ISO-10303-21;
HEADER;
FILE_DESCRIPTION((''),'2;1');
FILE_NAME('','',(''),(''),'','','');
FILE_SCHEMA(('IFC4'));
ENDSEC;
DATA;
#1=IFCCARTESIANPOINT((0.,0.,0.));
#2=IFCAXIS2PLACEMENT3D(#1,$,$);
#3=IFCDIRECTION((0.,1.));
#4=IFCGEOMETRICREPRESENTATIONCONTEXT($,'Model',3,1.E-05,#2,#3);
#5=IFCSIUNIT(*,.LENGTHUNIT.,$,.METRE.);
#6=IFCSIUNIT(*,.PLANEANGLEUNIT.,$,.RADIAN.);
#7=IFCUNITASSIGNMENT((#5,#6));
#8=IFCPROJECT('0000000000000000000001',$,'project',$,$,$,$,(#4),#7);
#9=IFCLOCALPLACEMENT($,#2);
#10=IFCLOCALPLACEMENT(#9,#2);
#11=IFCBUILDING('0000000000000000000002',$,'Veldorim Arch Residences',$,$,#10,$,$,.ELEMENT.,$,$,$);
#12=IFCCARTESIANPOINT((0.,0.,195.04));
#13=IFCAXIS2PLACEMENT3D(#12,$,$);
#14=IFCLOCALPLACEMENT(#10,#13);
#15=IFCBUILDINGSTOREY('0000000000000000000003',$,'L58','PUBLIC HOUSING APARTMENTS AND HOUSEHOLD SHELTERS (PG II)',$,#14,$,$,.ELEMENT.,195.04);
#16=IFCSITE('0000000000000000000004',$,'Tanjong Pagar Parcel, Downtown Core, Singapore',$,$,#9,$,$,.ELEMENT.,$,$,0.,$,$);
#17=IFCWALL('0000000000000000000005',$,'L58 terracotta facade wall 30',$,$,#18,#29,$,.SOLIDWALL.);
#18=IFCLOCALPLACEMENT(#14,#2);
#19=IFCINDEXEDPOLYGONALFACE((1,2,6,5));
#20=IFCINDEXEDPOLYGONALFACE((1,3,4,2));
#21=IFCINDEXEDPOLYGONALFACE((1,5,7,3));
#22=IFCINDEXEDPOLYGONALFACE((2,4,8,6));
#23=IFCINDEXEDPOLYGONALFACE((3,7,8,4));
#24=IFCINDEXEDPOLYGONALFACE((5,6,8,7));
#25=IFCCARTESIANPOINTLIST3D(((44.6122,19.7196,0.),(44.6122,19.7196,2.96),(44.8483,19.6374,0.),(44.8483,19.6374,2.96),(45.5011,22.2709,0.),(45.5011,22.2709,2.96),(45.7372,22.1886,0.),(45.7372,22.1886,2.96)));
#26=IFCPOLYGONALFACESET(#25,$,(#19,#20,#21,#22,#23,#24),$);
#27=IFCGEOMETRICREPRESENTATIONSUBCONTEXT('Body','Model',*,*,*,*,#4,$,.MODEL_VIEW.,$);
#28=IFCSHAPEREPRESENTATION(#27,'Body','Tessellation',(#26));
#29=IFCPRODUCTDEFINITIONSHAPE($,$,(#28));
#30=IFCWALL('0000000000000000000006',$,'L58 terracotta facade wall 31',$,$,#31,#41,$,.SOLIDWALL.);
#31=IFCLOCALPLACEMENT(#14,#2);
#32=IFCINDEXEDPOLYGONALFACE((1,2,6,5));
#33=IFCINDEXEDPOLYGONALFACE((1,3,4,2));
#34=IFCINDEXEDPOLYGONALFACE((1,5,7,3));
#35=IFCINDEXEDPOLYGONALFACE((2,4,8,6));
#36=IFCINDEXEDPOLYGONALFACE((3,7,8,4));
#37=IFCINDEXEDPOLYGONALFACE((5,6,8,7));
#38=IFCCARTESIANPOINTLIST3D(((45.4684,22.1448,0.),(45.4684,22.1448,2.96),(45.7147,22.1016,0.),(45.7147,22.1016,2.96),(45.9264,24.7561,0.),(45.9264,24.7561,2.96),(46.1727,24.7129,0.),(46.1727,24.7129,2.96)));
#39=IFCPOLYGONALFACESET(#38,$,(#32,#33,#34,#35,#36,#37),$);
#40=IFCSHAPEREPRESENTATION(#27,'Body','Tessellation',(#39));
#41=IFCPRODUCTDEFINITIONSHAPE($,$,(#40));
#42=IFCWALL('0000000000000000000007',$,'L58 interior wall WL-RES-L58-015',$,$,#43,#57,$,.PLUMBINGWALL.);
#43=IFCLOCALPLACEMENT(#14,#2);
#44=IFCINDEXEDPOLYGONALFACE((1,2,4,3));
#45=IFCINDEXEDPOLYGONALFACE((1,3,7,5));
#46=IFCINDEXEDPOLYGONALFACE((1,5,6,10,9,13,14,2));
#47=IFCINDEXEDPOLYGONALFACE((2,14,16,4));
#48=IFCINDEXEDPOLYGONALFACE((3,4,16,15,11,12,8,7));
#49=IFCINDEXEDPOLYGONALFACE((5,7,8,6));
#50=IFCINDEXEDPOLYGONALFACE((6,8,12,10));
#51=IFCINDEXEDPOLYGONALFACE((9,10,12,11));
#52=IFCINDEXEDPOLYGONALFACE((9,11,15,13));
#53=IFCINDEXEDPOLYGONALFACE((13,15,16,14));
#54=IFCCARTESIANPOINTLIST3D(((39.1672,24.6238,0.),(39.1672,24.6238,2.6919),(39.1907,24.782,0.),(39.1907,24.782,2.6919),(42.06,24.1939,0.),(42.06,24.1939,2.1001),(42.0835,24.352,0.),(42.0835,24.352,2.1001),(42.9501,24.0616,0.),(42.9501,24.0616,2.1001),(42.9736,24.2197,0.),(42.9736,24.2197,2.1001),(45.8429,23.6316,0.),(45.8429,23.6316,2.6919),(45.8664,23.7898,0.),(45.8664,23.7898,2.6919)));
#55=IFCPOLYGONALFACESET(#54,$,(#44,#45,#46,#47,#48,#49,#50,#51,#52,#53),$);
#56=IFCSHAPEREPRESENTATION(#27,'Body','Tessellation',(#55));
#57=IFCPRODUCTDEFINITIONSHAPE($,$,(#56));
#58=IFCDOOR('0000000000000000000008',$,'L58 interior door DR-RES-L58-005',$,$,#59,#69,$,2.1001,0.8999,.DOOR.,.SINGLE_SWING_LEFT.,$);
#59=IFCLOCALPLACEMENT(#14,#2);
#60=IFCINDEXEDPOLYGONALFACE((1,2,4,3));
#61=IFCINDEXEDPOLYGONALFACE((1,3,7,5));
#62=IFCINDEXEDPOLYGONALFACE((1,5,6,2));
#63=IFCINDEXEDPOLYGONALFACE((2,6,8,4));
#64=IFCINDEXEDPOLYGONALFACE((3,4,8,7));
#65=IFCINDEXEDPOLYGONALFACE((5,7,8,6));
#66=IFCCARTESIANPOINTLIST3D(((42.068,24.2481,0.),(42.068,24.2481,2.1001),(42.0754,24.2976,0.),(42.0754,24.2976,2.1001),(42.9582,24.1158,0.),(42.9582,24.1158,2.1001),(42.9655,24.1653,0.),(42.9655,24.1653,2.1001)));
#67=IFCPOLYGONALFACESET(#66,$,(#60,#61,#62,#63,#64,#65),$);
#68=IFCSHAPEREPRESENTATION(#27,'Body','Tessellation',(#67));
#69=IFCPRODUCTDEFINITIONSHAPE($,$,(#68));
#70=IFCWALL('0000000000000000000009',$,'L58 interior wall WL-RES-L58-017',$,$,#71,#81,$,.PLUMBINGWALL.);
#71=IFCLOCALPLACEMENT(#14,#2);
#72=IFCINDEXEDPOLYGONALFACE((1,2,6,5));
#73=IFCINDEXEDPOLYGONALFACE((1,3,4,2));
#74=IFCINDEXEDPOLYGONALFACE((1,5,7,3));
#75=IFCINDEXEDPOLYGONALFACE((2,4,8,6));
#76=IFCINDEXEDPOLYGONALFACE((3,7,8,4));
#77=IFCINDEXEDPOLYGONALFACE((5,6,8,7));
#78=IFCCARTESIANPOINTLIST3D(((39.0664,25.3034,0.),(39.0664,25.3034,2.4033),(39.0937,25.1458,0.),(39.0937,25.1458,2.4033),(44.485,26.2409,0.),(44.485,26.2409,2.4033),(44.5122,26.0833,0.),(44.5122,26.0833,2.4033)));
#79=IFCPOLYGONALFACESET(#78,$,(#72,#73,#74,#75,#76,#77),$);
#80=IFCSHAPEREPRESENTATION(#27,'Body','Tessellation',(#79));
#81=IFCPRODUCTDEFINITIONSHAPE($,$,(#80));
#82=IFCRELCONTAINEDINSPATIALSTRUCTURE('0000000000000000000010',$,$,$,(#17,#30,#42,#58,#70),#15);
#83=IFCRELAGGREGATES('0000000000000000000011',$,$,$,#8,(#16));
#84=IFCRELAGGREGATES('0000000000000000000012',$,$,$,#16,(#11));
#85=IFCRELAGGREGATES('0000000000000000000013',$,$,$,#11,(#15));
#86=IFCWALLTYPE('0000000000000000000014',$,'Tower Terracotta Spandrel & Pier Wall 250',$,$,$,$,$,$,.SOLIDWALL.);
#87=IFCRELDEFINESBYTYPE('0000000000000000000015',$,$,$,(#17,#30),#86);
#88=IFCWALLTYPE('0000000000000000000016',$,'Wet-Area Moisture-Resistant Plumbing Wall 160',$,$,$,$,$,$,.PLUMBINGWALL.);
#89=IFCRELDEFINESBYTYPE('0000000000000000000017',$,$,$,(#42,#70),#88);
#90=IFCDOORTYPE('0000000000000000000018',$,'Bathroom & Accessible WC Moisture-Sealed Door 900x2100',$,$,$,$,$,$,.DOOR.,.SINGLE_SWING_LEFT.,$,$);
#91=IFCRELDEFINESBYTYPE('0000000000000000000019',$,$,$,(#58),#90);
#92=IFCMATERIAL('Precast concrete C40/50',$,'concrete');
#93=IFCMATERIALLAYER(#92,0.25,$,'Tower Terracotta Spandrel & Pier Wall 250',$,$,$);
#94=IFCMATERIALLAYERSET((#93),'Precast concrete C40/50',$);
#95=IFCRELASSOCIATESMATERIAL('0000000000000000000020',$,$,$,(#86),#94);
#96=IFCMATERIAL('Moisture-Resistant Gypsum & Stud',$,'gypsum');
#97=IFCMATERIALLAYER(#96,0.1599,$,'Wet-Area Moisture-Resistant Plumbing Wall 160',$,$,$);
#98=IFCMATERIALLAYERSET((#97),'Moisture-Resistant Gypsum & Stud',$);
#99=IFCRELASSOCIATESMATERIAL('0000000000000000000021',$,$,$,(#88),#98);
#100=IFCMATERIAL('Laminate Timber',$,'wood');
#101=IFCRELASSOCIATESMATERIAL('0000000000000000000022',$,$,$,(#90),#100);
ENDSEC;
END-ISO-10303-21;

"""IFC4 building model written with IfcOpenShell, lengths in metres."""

from ifc_helpers import new_model, si_unit, direction, frame, frame_2d, origin, place, context, subcontext, project, spatial, rectangle, extrude, material, layer, layer_set, type_object, element, fill, save


model = new_model("IFC4")

# Units and contexts
model_context = context("Model", 3, precision=1e-05, world=origin(), true_north=direction((0.0, 1.0)))
body_context = subcontext(model_context, "Body", "Model", "MODEL_VIEW")
ifc_project = project(units=[si_unit("LENGTHUNIT", "METRE"), si_unit("PLANEANGLEUNIT", "RADIAN")], contexts=[model_context])

# Site, building, storey
site_placement = place(None, origin())
site = spatial("IfcSite", under=ifc_project, at=site_placement, Name="Tanjong Pagar Parcel, Downtown Core, Singapore", CompositionType="ELEMENT", RefElevation=0.0)
building_placement = place(site_placement, origin())
building = spatial("IfcBuilding", under=site, at=building_placement, Name="Veldorim Arch Residences", CompositionType="ELEMENT")
storey_placement = place(building_placement, frame((0.0, 0.0, 195.04)))
storey = spatial("IfcBuildingStorey", under=building, at=storey_placement, Name="L58", Description="PUBLIC HOUSING APARTMENTS AND HOUSEHOLD SHELTERS (PG II)", CompositionType="ELEMENT", Elevation=195.04)

# Shared definitions
ifc_material_1 = material(Name="Precast concrete C40/50", Category="concrete")
ifc_layer_1 = layer(ifc_material_1, 0.25, Name="Tower Terracotta Spandrel & Pier Wall 250")
ifc_layer_set_1 = layer_set([ifc_layer_1], Name="Precast concrete C40/50")
wall_type_1 = type_object("IfcWallType", Name="Tower Terracotta Spandrel & Pier Wall 250", PredefinedType="SOLIDWALL", material=ifc_layer_set_1)

# Walls
wall_1_placement = place(storey_placement, frame((45.6191, 22.2297, 0.0), z_axis=(0.0, 0.0, 1.0), x_axis=(-0.329022, -0.944322, 0.0)))
element("IfcWall", 1, at=wall_1_placement, inside=storey, type_object=wall_type_1, Name="L58 terracotta facade wall 30", PredefinedType="SOLIDWALL", context=body_context, shape_type="SweptSolid", body=[
    extrude(rectangle(XDim=2.7017, YDim=0.25, at=frame_2d((1.3508, 0.0))), origin(), (0.0, 0.0, 1.0), 2.96),
])
wall_2_placement = place(storey_placement, frame((46.0496, 24.7346, 0.0), z_axis=(0.0, 0.0, 1.0), x_axis=(-0.172756, -0.984965, 0.0)))
element("IfcWall", 2, at=wall_2_placement, inside=storey, type_object=wall_type_1, Name="L58 terracotta facade wall 31", PredefinedType="SOLIDWALL", context=body_context, shape_type="SweptSolid", body=[
    extrude(rectangle(XDim=2.6511, YDim=0.25, at=frame_2d((1.3257, 0.0))), origin(), (0.0, 0.0, 1.0), 2.96),
])

# Wall, opening, door
ifc_material_2 = material(Name="Moisture-Resistant Gypsum & Stud", Category="gypsum")
ifc_layer_2 = layer(ifc_material_2, 0.1599, Name="Wet-Area Moisture-Resistant Plumbing Wall 160")
ifc_layer_set_2 = layer_set([ifc_layer_2], Name="Moisture-Resistant Gypsum & Stud")
wall_type_2 = type_object("IfcWallType", Name="Wet-Area Moisture-Resistant Plumbing Wall 160", PredefinedType="PLUMBINGWALL", material=ifc_layer_set_2)
wall_3_placement = place(storey_placement, frame((39.179, 24.7029, 0.0), z_axis=(0.0, 0.0, 1.0), x_axis=(0.989135, -0.14701, 0.0)))
wall_3 = element("IfcWall", 3, at=wall_3_placement, inside=storey, type_object=wall_type_2, Name="L58 interior wall WL-RES-L58-015", PredefinedType="PLUMBINGWALL", context=body_context, shape_type="SweptSolid", body=[
    extrude(rectangle(XDim=6.749, YDim=0.1599, at=frame_2d((3.3745, 0.0))), origin(), (0.0, 0.0, 1.0), 2.6919),
])
opening_1_placement = place(wall_3_placement, frame((2.9246, 0.0, 0.0)))
opening_1 = element("IfcOpeningElement", 4, at=opening_1_placement, cuts=wall_3, PredefinedType="OPENING", context=body_context, shape_type="SweptSolid", body=[
    extrude(rectangle(XDim=0.8999, YDim=2.1001, at=frame_2d((0.45, 1.05))), frame((0.0, 0.0898, 0.0), z_axis=(0.0, -1.0, 0.0), x_axis=(1.0, 0.0, 0.0)), (0.0, 0.0, 1.0), 0.1799),
])
ifc_material_3 = material(Name="Laminate Timber", Category="wood")
door_type = type_object("IfcDoorType", Name="Bathroom & Accessible WC Moisture-Sealed Door 900x2100", OperationType="SINGLE_SWING_LEFT", PredefinedType="DOOR", material=ifc_material_3)
door_placement = place(opening_1_placement, origin())
door = element("IfcDoor", 5, at=door_placement, inside=storey, type_object=door_type, Name="L58 interior door DR-RES-L58-005", OperationType="SINGLE_SWING_LEFT", OverallHeight=2.1001, OverallWidth=0.8999, PredefinedType="DOOR", context=body_context, shape_type="SweptSolid", body=[
    extrude(rectangle(XDim=0.8999, YDim=2.1001, at=frame_2d((0.45, 1.05))), frame((0.0, 0.0249, 0.0), z_axis=(0.0, -1.0, 0.0), x_axis=(1.0, 0.0, 0.0)), (0.0, 0.0, 1.0), 0.05),
])
fill(opening_1, door)

# Wall
wall_4_placement = place(storey_placement, frame((39.0801, 25.2246, 0.0), z_axis=(0.0, 0.0, 1.0), x_axis=(0.98536, 0.170487, 0.0)))
element("IfcWall", 6, at=wall_4_placement, inside=storey, type_object=wall_type_2, Name="L58 interior wall WL-RES-L58-017", PredefinedType="PLUMBINGWALL", context=body_context, shape_type="SweptSolid", body=[
    extrude(rectangle(XDim=5.499, YDim=0.1599, at=frame_2d((2.7495, 0.0))), origin(), (0.0, 0.0, 1.0), 2.4033),
])

save(model, "model.ifc")
